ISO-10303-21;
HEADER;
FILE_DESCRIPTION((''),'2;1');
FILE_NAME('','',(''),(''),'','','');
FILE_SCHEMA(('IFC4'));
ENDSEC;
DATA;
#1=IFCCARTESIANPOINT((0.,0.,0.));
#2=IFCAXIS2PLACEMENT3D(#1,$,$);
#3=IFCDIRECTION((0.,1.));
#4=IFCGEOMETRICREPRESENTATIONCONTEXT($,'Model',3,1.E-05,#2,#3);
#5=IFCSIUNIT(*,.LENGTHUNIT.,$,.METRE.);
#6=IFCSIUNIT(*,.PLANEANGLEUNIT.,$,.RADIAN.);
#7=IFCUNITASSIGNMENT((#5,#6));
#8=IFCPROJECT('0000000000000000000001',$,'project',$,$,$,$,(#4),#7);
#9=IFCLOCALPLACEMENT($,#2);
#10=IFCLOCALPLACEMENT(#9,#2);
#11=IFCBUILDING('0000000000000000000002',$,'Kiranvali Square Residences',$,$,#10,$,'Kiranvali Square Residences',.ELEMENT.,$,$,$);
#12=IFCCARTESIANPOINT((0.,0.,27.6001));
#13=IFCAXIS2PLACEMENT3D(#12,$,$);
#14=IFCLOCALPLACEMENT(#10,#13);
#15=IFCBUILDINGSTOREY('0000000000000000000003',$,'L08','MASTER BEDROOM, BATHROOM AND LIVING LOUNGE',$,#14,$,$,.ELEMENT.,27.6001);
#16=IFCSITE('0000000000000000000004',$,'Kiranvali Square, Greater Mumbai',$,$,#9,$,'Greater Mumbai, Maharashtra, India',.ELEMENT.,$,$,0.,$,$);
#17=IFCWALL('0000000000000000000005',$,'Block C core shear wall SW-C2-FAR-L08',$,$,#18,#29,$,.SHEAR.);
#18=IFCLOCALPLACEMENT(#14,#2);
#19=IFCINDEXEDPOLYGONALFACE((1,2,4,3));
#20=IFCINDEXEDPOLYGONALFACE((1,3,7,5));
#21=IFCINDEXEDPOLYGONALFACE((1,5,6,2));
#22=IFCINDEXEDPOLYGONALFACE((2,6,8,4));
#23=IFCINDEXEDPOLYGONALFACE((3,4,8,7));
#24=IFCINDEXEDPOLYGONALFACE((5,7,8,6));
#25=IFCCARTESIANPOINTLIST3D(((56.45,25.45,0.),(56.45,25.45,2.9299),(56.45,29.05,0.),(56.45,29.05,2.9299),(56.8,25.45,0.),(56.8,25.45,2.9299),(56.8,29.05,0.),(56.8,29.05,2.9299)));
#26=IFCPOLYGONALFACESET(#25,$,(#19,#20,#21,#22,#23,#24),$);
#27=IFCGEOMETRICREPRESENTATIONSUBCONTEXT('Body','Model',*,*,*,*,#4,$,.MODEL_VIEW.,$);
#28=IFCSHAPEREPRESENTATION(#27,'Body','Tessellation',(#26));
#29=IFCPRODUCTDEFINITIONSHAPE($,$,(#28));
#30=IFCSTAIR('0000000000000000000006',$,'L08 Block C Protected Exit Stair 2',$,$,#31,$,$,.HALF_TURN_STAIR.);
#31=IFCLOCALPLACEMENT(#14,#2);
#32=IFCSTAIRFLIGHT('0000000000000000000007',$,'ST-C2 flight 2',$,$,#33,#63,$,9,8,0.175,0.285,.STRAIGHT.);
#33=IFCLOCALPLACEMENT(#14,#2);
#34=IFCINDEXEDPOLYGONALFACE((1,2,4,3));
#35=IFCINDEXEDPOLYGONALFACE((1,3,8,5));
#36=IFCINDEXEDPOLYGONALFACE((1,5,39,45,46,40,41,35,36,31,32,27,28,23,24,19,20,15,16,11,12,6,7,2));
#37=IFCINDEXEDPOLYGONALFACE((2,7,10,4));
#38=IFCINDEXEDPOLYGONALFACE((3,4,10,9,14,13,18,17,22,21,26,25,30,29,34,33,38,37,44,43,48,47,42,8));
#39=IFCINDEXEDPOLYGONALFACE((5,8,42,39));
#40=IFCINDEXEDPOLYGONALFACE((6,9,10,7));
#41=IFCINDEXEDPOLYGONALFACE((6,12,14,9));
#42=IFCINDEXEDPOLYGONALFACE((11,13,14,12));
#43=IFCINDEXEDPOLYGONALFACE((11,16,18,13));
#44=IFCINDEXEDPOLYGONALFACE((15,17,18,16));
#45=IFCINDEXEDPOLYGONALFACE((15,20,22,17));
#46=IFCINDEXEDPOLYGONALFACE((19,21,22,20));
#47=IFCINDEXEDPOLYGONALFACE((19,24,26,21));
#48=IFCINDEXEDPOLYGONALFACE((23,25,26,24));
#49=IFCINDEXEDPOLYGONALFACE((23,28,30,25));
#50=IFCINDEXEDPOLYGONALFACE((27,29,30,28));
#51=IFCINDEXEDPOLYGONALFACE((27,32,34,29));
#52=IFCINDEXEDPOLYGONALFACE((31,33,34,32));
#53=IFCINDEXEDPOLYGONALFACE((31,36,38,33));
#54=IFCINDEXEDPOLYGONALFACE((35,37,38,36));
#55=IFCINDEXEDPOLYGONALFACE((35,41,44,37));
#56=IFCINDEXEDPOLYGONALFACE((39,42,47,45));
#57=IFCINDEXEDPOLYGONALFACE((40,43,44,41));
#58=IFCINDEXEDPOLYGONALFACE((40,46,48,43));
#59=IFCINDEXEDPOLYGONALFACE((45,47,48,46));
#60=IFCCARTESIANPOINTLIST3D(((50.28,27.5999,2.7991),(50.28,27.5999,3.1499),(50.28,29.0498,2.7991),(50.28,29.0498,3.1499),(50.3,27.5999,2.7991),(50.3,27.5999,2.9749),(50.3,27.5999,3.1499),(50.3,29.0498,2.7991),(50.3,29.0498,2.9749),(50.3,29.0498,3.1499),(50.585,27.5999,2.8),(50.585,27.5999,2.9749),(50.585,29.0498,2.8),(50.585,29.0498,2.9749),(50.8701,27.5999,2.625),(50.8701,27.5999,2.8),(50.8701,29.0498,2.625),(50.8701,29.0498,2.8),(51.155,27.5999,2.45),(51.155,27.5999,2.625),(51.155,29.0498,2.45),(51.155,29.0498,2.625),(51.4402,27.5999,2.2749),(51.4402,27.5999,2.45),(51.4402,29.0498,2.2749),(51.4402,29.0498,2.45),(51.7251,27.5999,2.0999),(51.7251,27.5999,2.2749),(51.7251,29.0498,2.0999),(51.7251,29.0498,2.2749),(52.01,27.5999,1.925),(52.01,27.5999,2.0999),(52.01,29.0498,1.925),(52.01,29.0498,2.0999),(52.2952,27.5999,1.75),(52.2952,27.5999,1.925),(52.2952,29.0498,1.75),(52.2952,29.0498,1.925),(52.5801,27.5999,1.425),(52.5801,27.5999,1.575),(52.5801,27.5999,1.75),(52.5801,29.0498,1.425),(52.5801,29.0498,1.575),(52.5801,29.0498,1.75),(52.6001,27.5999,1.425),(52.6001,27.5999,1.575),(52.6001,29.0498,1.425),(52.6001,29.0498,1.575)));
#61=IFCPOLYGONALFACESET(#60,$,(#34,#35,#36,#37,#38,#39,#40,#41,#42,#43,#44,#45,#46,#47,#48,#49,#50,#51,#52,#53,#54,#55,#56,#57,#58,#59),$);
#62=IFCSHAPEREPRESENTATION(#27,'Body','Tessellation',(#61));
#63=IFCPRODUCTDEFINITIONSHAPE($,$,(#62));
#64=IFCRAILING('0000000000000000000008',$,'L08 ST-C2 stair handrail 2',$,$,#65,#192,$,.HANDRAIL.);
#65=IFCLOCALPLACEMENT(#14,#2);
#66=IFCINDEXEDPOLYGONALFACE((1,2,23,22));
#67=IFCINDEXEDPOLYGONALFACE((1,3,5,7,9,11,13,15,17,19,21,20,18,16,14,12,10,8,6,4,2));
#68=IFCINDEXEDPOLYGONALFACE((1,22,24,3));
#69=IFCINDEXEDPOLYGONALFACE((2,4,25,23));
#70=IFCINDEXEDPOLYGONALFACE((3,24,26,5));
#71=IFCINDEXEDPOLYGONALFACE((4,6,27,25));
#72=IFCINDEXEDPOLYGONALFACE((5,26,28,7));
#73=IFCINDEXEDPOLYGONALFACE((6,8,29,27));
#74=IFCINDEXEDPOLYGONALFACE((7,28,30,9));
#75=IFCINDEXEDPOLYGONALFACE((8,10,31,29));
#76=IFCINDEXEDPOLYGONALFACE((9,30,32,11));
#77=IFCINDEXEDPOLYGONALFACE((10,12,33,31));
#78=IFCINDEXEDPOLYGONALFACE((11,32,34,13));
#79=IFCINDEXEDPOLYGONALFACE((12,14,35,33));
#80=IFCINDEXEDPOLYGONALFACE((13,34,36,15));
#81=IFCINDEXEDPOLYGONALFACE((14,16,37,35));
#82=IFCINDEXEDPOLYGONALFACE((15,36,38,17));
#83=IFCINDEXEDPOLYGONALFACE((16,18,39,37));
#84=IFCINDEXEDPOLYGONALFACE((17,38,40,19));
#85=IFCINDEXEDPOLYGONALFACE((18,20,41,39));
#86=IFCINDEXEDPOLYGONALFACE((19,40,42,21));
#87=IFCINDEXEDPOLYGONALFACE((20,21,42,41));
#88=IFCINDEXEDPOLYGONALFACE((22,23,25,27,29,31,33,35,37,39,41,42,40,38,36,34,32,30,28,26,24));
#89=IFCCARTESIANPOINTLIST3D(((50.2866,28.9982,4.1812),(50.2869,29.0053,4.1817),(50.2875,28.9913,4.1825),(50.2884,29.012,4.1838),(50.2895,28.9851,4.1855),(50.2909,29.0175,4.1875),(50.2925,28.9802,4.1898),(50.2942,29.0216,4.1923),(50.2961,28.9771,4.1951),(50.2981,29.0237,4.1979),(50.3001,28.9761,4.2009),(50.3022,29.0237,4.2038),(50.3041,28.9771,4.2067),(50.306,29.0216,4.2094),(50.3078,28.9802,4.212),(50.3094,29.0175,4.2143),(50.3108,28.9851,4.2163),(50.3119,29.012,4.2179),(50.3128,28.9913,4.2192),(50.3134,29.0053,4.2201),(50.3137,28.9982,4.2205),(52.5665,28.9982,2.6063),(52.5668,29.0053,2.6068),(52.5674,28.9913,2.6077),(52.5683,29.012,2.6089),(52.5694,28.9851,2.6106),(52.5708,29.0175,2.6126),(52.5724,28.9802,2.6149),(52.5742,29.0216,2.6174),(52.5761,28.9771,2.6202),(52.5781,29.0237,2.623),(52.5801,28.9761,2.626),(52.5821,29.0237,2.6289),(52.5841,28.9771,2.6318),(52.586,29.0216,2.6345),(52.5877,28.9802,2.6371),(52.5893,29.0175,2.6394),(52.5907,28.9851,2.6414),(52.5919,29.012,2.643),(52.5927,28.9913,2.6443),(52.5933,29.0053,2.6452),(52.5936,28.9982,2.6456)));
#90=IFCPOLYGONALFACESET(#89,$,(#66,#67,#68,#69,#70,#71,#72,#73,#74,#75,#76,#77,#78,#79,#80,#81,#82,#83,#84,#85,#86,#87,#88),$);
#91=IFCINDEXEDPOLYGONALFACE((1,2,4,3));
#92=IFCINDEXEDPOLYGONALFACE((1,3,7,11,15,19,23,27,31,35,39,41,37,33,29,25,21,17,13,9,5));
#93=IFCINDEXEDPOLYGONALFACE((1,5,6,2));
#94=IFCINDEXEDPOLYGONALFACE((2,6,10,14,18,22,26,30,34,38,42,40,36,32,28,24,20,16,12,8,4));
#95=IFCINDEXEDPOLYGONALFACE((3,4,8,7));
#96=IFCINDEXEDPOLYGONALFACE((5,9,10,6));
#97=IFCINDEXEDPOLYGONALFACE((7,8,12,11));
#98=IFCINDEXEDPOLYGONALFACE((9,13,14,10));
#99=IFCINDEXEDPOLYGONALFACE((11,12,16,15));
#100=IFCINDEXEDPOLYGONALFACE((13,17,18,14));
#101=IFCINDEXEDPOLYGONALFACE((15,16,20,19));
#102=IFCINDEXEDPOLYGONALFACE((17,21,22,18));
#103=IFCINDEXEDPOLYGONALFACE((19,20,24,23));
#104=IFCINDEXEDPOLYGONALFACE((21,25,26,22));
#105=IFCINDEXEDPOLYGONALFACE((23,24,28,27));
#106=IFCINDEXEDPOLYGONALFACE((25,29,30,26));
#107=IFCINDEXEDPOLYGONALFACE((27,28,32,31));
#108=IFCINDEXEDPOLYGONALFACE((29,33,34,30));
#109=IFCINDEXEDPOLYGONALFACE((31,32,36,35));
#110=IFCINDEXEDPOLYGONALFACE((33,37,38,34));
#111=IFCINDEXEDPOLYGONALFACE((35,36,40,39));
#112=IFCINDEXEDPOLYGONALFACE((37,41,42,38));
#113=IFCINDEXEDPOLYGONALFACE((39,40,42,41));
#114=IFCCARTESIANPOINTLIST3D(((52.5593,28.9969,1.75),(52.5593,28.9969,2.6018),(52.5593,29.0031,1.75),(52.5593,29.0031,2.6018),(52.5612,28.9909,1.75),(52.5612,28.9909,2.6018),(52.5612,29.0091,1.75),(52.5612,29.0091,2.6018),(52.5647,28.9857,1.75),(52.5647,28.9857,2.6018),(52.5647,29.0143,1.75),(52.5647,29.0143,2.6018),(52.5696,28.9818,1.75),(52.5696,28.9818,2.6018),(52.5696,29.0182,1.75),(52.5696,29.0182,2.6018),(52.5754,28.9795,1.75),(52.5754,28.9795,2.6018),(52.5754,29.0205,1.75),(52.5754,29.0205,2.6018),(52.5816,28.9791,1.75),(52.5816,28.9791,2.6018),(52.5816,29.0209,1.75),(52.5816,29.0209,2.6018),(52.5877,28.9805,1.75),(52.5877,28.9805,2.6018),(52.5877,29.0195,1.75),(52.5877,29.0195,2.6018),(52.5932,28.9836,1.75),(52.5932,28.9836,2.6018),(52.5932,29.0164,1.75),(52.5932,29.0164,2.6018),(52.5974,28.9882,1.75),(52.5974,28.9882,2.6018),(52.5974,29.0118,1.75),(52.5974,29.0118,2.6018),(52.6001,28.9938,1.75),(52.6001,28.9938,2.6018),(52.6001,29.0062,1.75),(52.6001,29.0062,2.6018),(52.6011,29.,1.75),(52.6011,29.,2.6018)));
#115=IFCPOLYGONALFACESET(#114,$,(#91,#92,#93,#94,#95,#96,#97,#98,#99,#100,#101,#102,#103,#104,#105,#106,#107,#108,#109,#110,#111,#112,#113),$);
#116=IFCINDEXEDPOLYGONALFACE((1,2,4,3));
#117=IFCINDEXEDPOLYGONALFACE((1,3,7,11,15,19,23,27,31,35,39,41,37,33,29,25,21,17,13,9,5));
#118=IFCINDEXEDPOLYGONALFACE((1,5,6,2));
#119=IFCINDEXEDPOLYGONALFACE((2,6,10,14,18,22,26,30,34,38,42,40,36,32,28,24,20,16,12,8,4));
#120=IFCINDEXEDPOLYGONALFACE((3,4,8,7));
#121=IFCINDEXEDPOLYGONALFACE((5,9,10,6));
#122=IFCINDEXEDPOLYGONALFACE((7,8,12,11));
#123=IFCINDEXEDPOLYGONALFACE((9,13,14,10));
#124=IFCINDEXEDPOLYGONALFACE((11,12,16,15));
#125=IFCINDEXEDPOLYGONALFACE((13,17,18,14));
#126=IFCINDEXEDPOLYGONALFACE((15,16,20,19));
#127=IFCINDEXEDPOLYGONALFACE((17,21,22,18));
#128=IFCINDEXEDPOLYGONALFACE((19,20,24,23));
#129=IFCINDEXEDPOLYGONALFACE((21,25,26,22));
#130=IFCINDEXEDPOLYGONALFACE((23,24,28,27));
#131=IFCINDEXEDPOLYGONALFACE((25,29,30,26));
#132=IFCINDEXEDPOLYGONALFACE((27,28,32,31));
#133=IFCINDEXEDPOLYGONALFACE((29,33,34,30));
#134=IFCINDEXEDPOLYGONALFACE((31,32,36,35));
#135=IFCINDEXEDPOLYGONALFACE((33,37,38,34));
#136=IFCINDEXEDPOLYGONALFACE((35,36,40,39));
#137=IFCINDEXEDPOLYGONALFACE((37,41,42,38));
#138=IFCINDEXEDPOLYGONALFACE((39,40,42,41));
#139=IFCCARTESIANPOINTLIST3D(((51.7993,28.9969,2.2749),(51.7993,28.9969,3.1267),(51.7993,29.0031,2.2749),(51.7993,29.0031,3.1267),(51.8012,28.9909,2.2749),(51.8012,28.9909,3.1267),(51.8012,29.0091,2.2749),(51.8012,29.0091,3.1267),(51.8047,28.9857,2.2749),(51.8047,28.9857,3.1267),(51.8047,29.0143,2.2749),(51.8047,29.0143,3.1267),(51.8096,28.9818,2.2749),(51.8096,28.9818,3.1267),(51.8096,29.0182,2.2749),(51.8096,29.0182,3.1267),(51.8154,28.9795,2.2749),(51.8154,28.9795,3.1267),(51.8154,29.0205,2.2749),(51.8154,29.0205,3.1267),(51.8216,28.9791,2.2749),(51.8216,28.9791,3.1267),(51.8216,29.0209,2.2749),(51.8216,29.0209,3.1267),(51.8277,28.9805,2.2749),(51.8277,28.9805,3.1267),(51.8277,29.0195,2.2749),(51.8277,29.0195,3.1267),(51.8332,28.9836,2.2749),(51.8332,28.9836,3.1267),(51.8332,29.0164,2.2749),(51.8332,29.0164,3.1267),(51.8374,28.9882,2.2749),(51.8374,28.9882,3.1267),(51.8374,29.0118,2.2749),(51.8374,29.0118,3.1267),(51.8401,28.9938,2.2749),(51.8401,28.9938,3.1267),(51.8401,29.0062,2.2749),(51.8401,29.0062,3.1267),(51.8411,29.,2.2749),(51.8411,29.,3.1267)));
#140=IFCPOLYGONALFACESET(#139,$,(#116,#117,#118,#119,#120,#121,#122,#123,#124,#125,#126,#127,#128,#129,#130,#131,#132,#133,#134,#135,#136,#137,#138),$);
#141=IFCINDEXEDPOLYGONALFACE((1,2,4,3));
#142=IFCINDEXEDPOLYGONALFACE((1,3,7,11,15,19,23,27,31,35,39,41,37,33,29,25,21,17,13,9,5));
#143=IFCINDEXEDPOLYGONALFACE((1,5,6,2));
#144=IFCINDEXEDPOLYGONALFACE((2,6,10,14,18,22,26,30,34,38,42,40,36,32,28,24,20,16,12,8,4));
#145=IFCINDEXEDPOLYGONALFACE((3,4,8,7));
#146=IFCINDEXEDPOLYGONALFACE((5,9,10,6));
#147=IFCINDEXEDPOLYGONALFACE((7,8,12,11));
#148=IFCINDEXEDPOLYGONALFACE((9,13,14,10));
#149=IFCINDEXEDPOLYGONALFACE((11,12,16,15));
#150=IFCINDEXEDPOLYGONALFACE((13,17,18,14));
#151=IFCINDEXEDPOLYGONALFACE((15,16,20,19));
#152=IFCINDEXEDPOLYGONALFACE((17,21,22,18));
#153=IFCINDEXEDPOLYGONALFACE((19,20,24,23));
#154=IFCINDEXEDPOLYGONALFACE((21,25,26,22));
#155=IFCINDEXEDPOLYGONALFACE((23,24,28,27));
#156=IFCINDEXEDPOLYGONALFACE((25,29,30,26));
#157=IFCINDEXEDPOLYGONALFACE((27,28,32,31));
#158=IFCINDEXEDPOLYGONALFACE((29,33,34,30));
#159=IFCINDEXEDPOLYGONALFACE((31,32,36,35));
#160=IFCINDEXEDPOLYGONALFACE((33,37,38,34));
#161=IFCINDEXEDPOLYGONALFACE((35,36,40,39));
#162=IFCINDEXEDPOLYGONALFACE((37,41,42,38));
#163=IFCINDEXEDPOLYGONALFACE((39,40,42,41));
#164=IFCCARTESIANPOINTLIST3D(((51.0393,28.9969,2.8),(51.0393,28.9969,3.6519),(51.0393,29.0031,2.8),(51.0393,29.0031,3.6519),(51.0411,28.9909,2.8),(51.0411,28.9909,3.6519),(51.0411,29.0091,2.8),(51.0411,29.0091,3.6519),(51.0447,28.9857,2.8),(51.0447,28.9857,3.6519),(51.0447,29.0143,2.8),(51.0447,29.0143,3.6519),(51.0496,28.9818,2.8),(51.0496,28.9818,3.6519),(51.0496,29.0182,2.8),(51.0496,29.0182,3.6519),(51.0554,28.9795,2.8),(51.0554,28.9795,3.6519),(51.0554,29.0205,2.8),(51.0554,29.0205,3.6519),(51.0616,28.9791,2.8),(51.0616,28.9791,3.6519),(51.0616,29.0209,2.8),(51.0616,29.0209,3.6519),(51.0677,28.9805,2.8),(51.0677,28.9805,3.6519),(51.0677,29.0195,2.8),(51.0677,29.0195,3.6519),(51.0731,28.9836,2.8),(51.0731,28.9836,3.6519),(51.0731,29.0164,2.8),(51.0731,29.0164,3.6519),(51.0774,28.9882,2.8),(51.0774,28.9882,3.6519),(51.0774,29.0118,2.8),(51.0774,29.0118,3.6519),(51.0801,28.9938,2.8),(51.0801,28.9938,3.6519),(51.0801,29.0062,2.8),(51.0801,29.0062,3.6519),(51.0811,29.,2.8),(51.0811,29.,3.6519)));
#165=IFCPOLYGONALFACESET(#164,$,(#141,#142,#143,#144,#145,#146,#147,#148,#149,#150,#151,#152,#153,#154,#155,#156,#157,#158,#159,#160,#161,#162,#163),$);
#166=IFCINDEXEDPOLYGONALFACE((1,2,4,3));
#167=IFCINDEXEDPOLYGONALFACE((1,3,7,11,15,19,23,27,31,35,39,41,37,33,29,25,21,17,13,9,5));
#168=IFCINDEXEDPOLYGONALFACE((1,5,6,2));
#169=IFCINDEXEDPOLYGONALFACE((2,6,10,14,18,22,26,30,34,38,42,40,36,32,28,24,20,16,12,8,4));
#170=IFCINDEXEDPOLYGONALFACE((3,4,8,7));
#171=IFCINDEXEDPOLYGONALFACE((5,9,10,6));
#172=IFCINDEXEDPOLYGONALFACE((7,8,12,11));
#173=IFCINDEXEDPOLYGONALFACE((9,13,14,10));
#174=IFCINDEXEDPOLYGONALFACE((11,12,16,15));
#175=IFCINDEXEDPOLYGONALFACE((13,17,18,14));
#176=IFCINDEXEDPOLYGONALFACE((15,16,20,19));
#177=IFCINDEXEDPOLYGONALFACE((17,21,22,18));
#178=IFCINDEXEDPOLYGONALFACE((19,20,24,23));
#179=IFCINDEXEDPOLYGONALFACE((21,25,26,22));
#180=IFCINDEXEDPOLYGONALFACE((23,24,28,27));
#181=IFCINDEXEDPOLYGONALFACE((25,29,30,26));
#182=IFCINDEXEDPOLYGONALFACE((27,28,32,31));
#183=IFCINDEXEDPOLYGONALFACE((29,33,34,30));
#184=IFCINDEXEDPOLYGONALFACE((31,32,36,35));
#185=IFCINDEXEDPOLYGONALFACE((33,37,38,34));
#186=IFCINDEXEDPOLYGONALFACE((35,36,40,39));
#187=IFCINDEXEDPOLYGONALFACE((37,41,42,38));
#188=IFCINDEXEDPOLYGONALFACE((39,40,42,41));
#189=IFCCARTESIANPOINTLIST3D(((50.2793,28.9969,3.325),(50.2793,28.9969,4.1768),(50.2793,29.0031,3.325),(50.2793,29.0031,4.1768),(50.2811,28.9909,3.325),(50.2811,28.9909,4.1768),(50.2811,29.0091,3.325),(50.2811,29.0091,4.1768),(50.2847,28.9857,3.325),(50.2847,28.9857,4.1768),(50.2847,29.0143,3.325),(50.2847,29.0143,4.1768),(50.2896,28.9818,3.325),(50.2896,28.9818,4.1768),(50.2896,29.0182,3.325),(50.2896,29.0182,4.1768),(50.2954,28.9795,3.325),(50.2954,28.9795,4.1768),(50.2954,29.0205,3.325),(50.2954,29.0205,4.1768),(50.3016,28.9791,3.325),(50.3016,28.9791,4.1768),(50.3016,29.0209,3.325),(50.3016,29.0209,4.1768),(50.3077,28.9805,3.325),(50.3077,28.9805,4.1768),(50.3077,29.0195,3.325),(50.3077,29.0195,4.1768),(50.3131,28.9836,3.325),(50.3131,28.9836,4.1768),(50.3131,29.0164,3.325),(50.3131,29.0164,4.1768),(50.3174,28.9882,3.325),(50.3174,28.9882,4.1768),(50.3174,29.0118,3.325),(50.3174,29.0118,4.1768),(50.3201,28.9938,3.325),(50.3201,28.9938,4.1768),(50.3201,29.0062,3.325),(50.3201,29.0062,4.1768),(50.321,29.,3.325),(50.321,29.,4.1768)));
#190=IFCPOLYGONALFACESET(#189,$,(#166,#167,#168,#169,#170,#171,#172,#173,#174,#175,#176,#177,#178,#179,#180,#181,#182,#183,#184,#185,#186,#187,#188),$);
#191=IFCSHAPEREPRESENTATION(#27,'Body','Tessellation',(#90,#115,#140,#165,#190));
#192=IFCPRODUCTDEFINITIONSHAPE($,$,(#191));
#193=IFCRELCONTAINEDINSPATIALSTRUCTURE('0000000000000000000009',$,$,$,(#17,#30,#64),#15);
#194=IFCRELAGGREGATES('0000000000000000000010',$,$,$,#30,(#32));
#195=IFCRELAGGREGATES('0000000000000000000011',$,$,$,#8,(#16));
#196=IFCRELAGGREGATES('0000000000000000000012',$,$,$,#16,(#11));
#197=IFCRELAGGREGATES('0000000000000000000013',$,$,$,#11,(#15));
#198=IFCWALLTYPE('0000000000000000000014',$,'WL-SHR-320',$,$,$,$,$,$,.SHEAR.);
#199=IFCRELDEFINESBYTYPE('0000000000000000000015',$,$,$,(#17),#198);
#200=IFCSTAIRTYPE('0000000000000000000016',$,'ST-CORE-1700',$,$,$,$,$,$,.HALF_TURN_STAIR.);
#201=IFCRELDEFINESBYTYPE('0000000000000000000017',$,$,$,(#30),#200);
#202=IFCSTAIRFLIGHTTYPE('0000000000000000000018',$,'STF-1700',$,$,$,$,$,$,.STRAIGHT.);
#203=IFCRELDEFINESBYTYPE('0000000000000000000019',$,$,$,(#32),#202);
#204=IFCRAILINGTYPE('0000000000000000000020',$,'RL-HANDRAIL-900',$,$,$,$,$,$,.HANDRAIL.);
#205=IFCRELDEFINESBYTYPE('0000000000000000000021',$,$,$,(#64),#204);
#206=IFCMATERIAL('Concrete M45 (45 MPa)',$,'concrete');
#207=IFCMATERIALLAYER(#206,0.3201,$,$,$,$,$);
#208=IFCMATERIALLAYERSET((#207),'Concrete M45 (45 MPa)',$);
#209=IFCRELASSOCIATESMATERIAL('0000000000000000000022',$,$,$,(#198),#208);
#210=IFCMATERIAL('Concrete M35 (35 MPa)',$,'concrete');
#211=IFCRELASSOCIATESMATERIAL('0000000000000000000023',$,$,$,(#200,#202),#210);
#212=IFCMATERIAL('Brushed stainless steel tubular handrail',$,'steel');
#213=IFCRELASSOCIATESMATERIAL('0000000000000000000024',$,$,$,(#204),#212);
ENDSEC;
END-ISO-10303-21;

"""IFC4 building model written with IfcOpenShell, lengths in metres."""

from ifc_helpers import new_model, si_unit, direction, frame, frame_2d, origin, origin_2d, place, context, subcontext, project, spatial, polyline, rectangle, circle, outline, extrude, material, layer, layer_set, type_object, element, aggregate, save


model = new_model("IFC4")

# Units and contexts
model_context = context("Model", 3, precision=1e-05, world=origin(), true_north=direction((0.0, 1.0)))
body_context = subcontext(model_context, "Body", "Model", "MODEL_VIEW")
ifc_project = project(units=[si_unit("LENGTHUNIT", "METRE"), si_unit("PLANEANGLEUNIT", "RADIAN")], contexts=[model_context])

# Site, building, storey
site_placement = place(None, origin())
site = spatial("IfcSite", under=ifc_project, at=site_placement, Name="Kiranvali Square, Greater Mumbai", LongName="Greater Mumbai, Maharashtra, India", CompositionType="ELEMENT", RefElevation=0.0)
building_placement = place(site_placement, origin())
building = spatial("IfcBuilding", under=site, at=building_placement, Name="Kiranvali Square Residences", LongName="Kiranvali Square Residences", CompositionType="ELEMENT")
storey_placement = place(building_placement, frame((0.0, 0.0, 27.6001)))
storey = spatial("IfcBuildingStorey", under=building, at=storey_placement, Name="L08", Description="MASTER BEDROOM, BATHROOM AND LIVING LOUNGE", CompositionType="ELEMENT", Elevation=27.6001)

# Shared definitions
ifc_material_1 = material(Name="Concrete M45 (45 MPa)", Category="concrete")

# Wall
ifc_layer_1 = layer(ifc_material_1, 0.3201)
ifc_layer_set_1 = layer_set([ifc_layer_1], Name="Concrete M45 (45 MPa)")
wall_type_1 = type_object("IfcWallType", Name="WL-SHR-320", PredefinedType="SHEAR", material=ifc_layer_set_1)
for number, where, z_axis, x_axis, name in (
    (1, (56.625, 29.05, 0.0), (0.0, 0.0, 1.0), (0.0, -1.0, 0.0), "Block C core shear wall SW-C2-FAR-L08"),
):
    element("IfcWall", number, at=place(storey_placement, frame(where, z_axis=z_axis, x_axis=x_axis)), inside=storey, type_object=wall_type_1, Name=name, PredefinedType="SHEAR", context=body_context, shape_type="SweptSolid", body=[
        extrude(rectangle(XDim=3.6001, YDim=0.3501, at=frame_2d((1.8, 0.0))), origin(), (0.0, 0.0, 1.0), 2.9299),
    ])

# Stair, stair flight
ifc_material_2 = material(Name="Concrete M35 (35 MPa)", Category="concrete")
stair_type = type_object("IfcStairType", Name="ST-CORE-1700", PredefinedType="HALF_TURN_STAIR", material=ifc_material_2)
stair_placement = place(storey_placement, origin())
stair = element("IfcStair", 2, at=stair_placement, inside=storey, type_object=stair_type, Name="L08 Block C Protected Exit Stair 2", PredefinedType="HALF_TURN_STAIR")
stair_flight_type = type_object("IfcStairFlightType", Name="STF-1700", PredefinedType="STRAIGHT", material=ifc_material_2)
stair_flight_placement = place(storey_placement, frame((52.5801, 28.325, 1.575), z_axis=(0.0, 0.0, 1.0), x_axis=(-1.0, 0.0, 0.0)))
stair_flight = element("IfcStairFlight", 3, at=stair_flight_placement, type_object=stair_flight_type, Name="ST-C2 flight 2", NumberOfRisers=9, NumberOfTreads=8, PredefinedType="STRAIGHT", RiserHeight=0.175, TreadLength=0.285, context=body_context, shape_type="SweptSolid", body=[
    extrude(outline(polyline([(-0.02, -0.1499), (-0.02, 0.0), (0.0, 0.0), (0.0, 0.175), (0.2849, 0.175), (0.2849, 0.3501), (0.5701, 0.3501), (0.5701, 0.5249), (0.855, 0.5249), (0.855, 0.7), (1.1399, 0.7), (1.1399, 0.875), (1.425, 0.875), (1.425, 1.05), (1.71, 1.05), (1.71, 1.2251), (1.9951, 1.2251), (1.9951, 1.3999), (2.28, 1.3999), (2.28, 1.575), (2.3, 1.575), (2.3, 1.2241), (2.28, 1.2241), (0.0, -0.1499), (-0.02, -0.1499)])), frame((0.0, 0.7251, 0.0), z_axis=(0.0, -1.0, 0.0), x_axis=(1.0, 0.0, 0.0)), (0.0, 0.0, 1.0), 1.45),
])
aggregate(stair, [stair_flight])

# Railing
ifc_material_3 = material(Name="Brushed stainless steel tubular handrail", Category="steel")
railing_type_1 = type_object("IfcRailingType", Name="RL-HANDRAIL-900", PredefinedType="HANDRAIL", material=ifc_material_3)
railing_1_placement = place(storey_placement, frame((52.5801, 29.0, 1.75)))
element("IfcRailing", 4, at=railing_1_placement, inside=storey, type_object=railing_type_1, Name="L08 ST-C2 stair handrail 2", PredefinedType="HANDRAIL", context=body_context, shape_type="SweptSolid", body=[
    extrude(circle(Radius=0.0239, at=origin_2d()), frame((0.0, 0.0, 0.876), z_axis=(-0.822788, 0.0, 0.568348), x_axis=(0.0, -1.0, 0.0)), (0.0, 0.0, 1.0), 2.771),
    extrude(circle(Radius=0.021, at=origin_2d()), origin(), (0.0, 0.0, 1.0), 0.8518),
    extrude(circle(Radius=0.021, at=origin_2d()), frame((-0.76, 0.0, 0.5249)), (0.0, 0.0, 1.0), 0.8518),
    extrude(circle(Radius=0.021, at=origin_2d()), frame((-1.52, 0.0, 1.05)), (0.0, 0.0, 1.0), 0.8518),
    extrude(circle(Radius=0.021, at=origin_2d()), frame((-2.28, 0.0, 1.575)), (0.0, 0.0, 1.0), 0.8518),
])

save(model, "model.ifc")
